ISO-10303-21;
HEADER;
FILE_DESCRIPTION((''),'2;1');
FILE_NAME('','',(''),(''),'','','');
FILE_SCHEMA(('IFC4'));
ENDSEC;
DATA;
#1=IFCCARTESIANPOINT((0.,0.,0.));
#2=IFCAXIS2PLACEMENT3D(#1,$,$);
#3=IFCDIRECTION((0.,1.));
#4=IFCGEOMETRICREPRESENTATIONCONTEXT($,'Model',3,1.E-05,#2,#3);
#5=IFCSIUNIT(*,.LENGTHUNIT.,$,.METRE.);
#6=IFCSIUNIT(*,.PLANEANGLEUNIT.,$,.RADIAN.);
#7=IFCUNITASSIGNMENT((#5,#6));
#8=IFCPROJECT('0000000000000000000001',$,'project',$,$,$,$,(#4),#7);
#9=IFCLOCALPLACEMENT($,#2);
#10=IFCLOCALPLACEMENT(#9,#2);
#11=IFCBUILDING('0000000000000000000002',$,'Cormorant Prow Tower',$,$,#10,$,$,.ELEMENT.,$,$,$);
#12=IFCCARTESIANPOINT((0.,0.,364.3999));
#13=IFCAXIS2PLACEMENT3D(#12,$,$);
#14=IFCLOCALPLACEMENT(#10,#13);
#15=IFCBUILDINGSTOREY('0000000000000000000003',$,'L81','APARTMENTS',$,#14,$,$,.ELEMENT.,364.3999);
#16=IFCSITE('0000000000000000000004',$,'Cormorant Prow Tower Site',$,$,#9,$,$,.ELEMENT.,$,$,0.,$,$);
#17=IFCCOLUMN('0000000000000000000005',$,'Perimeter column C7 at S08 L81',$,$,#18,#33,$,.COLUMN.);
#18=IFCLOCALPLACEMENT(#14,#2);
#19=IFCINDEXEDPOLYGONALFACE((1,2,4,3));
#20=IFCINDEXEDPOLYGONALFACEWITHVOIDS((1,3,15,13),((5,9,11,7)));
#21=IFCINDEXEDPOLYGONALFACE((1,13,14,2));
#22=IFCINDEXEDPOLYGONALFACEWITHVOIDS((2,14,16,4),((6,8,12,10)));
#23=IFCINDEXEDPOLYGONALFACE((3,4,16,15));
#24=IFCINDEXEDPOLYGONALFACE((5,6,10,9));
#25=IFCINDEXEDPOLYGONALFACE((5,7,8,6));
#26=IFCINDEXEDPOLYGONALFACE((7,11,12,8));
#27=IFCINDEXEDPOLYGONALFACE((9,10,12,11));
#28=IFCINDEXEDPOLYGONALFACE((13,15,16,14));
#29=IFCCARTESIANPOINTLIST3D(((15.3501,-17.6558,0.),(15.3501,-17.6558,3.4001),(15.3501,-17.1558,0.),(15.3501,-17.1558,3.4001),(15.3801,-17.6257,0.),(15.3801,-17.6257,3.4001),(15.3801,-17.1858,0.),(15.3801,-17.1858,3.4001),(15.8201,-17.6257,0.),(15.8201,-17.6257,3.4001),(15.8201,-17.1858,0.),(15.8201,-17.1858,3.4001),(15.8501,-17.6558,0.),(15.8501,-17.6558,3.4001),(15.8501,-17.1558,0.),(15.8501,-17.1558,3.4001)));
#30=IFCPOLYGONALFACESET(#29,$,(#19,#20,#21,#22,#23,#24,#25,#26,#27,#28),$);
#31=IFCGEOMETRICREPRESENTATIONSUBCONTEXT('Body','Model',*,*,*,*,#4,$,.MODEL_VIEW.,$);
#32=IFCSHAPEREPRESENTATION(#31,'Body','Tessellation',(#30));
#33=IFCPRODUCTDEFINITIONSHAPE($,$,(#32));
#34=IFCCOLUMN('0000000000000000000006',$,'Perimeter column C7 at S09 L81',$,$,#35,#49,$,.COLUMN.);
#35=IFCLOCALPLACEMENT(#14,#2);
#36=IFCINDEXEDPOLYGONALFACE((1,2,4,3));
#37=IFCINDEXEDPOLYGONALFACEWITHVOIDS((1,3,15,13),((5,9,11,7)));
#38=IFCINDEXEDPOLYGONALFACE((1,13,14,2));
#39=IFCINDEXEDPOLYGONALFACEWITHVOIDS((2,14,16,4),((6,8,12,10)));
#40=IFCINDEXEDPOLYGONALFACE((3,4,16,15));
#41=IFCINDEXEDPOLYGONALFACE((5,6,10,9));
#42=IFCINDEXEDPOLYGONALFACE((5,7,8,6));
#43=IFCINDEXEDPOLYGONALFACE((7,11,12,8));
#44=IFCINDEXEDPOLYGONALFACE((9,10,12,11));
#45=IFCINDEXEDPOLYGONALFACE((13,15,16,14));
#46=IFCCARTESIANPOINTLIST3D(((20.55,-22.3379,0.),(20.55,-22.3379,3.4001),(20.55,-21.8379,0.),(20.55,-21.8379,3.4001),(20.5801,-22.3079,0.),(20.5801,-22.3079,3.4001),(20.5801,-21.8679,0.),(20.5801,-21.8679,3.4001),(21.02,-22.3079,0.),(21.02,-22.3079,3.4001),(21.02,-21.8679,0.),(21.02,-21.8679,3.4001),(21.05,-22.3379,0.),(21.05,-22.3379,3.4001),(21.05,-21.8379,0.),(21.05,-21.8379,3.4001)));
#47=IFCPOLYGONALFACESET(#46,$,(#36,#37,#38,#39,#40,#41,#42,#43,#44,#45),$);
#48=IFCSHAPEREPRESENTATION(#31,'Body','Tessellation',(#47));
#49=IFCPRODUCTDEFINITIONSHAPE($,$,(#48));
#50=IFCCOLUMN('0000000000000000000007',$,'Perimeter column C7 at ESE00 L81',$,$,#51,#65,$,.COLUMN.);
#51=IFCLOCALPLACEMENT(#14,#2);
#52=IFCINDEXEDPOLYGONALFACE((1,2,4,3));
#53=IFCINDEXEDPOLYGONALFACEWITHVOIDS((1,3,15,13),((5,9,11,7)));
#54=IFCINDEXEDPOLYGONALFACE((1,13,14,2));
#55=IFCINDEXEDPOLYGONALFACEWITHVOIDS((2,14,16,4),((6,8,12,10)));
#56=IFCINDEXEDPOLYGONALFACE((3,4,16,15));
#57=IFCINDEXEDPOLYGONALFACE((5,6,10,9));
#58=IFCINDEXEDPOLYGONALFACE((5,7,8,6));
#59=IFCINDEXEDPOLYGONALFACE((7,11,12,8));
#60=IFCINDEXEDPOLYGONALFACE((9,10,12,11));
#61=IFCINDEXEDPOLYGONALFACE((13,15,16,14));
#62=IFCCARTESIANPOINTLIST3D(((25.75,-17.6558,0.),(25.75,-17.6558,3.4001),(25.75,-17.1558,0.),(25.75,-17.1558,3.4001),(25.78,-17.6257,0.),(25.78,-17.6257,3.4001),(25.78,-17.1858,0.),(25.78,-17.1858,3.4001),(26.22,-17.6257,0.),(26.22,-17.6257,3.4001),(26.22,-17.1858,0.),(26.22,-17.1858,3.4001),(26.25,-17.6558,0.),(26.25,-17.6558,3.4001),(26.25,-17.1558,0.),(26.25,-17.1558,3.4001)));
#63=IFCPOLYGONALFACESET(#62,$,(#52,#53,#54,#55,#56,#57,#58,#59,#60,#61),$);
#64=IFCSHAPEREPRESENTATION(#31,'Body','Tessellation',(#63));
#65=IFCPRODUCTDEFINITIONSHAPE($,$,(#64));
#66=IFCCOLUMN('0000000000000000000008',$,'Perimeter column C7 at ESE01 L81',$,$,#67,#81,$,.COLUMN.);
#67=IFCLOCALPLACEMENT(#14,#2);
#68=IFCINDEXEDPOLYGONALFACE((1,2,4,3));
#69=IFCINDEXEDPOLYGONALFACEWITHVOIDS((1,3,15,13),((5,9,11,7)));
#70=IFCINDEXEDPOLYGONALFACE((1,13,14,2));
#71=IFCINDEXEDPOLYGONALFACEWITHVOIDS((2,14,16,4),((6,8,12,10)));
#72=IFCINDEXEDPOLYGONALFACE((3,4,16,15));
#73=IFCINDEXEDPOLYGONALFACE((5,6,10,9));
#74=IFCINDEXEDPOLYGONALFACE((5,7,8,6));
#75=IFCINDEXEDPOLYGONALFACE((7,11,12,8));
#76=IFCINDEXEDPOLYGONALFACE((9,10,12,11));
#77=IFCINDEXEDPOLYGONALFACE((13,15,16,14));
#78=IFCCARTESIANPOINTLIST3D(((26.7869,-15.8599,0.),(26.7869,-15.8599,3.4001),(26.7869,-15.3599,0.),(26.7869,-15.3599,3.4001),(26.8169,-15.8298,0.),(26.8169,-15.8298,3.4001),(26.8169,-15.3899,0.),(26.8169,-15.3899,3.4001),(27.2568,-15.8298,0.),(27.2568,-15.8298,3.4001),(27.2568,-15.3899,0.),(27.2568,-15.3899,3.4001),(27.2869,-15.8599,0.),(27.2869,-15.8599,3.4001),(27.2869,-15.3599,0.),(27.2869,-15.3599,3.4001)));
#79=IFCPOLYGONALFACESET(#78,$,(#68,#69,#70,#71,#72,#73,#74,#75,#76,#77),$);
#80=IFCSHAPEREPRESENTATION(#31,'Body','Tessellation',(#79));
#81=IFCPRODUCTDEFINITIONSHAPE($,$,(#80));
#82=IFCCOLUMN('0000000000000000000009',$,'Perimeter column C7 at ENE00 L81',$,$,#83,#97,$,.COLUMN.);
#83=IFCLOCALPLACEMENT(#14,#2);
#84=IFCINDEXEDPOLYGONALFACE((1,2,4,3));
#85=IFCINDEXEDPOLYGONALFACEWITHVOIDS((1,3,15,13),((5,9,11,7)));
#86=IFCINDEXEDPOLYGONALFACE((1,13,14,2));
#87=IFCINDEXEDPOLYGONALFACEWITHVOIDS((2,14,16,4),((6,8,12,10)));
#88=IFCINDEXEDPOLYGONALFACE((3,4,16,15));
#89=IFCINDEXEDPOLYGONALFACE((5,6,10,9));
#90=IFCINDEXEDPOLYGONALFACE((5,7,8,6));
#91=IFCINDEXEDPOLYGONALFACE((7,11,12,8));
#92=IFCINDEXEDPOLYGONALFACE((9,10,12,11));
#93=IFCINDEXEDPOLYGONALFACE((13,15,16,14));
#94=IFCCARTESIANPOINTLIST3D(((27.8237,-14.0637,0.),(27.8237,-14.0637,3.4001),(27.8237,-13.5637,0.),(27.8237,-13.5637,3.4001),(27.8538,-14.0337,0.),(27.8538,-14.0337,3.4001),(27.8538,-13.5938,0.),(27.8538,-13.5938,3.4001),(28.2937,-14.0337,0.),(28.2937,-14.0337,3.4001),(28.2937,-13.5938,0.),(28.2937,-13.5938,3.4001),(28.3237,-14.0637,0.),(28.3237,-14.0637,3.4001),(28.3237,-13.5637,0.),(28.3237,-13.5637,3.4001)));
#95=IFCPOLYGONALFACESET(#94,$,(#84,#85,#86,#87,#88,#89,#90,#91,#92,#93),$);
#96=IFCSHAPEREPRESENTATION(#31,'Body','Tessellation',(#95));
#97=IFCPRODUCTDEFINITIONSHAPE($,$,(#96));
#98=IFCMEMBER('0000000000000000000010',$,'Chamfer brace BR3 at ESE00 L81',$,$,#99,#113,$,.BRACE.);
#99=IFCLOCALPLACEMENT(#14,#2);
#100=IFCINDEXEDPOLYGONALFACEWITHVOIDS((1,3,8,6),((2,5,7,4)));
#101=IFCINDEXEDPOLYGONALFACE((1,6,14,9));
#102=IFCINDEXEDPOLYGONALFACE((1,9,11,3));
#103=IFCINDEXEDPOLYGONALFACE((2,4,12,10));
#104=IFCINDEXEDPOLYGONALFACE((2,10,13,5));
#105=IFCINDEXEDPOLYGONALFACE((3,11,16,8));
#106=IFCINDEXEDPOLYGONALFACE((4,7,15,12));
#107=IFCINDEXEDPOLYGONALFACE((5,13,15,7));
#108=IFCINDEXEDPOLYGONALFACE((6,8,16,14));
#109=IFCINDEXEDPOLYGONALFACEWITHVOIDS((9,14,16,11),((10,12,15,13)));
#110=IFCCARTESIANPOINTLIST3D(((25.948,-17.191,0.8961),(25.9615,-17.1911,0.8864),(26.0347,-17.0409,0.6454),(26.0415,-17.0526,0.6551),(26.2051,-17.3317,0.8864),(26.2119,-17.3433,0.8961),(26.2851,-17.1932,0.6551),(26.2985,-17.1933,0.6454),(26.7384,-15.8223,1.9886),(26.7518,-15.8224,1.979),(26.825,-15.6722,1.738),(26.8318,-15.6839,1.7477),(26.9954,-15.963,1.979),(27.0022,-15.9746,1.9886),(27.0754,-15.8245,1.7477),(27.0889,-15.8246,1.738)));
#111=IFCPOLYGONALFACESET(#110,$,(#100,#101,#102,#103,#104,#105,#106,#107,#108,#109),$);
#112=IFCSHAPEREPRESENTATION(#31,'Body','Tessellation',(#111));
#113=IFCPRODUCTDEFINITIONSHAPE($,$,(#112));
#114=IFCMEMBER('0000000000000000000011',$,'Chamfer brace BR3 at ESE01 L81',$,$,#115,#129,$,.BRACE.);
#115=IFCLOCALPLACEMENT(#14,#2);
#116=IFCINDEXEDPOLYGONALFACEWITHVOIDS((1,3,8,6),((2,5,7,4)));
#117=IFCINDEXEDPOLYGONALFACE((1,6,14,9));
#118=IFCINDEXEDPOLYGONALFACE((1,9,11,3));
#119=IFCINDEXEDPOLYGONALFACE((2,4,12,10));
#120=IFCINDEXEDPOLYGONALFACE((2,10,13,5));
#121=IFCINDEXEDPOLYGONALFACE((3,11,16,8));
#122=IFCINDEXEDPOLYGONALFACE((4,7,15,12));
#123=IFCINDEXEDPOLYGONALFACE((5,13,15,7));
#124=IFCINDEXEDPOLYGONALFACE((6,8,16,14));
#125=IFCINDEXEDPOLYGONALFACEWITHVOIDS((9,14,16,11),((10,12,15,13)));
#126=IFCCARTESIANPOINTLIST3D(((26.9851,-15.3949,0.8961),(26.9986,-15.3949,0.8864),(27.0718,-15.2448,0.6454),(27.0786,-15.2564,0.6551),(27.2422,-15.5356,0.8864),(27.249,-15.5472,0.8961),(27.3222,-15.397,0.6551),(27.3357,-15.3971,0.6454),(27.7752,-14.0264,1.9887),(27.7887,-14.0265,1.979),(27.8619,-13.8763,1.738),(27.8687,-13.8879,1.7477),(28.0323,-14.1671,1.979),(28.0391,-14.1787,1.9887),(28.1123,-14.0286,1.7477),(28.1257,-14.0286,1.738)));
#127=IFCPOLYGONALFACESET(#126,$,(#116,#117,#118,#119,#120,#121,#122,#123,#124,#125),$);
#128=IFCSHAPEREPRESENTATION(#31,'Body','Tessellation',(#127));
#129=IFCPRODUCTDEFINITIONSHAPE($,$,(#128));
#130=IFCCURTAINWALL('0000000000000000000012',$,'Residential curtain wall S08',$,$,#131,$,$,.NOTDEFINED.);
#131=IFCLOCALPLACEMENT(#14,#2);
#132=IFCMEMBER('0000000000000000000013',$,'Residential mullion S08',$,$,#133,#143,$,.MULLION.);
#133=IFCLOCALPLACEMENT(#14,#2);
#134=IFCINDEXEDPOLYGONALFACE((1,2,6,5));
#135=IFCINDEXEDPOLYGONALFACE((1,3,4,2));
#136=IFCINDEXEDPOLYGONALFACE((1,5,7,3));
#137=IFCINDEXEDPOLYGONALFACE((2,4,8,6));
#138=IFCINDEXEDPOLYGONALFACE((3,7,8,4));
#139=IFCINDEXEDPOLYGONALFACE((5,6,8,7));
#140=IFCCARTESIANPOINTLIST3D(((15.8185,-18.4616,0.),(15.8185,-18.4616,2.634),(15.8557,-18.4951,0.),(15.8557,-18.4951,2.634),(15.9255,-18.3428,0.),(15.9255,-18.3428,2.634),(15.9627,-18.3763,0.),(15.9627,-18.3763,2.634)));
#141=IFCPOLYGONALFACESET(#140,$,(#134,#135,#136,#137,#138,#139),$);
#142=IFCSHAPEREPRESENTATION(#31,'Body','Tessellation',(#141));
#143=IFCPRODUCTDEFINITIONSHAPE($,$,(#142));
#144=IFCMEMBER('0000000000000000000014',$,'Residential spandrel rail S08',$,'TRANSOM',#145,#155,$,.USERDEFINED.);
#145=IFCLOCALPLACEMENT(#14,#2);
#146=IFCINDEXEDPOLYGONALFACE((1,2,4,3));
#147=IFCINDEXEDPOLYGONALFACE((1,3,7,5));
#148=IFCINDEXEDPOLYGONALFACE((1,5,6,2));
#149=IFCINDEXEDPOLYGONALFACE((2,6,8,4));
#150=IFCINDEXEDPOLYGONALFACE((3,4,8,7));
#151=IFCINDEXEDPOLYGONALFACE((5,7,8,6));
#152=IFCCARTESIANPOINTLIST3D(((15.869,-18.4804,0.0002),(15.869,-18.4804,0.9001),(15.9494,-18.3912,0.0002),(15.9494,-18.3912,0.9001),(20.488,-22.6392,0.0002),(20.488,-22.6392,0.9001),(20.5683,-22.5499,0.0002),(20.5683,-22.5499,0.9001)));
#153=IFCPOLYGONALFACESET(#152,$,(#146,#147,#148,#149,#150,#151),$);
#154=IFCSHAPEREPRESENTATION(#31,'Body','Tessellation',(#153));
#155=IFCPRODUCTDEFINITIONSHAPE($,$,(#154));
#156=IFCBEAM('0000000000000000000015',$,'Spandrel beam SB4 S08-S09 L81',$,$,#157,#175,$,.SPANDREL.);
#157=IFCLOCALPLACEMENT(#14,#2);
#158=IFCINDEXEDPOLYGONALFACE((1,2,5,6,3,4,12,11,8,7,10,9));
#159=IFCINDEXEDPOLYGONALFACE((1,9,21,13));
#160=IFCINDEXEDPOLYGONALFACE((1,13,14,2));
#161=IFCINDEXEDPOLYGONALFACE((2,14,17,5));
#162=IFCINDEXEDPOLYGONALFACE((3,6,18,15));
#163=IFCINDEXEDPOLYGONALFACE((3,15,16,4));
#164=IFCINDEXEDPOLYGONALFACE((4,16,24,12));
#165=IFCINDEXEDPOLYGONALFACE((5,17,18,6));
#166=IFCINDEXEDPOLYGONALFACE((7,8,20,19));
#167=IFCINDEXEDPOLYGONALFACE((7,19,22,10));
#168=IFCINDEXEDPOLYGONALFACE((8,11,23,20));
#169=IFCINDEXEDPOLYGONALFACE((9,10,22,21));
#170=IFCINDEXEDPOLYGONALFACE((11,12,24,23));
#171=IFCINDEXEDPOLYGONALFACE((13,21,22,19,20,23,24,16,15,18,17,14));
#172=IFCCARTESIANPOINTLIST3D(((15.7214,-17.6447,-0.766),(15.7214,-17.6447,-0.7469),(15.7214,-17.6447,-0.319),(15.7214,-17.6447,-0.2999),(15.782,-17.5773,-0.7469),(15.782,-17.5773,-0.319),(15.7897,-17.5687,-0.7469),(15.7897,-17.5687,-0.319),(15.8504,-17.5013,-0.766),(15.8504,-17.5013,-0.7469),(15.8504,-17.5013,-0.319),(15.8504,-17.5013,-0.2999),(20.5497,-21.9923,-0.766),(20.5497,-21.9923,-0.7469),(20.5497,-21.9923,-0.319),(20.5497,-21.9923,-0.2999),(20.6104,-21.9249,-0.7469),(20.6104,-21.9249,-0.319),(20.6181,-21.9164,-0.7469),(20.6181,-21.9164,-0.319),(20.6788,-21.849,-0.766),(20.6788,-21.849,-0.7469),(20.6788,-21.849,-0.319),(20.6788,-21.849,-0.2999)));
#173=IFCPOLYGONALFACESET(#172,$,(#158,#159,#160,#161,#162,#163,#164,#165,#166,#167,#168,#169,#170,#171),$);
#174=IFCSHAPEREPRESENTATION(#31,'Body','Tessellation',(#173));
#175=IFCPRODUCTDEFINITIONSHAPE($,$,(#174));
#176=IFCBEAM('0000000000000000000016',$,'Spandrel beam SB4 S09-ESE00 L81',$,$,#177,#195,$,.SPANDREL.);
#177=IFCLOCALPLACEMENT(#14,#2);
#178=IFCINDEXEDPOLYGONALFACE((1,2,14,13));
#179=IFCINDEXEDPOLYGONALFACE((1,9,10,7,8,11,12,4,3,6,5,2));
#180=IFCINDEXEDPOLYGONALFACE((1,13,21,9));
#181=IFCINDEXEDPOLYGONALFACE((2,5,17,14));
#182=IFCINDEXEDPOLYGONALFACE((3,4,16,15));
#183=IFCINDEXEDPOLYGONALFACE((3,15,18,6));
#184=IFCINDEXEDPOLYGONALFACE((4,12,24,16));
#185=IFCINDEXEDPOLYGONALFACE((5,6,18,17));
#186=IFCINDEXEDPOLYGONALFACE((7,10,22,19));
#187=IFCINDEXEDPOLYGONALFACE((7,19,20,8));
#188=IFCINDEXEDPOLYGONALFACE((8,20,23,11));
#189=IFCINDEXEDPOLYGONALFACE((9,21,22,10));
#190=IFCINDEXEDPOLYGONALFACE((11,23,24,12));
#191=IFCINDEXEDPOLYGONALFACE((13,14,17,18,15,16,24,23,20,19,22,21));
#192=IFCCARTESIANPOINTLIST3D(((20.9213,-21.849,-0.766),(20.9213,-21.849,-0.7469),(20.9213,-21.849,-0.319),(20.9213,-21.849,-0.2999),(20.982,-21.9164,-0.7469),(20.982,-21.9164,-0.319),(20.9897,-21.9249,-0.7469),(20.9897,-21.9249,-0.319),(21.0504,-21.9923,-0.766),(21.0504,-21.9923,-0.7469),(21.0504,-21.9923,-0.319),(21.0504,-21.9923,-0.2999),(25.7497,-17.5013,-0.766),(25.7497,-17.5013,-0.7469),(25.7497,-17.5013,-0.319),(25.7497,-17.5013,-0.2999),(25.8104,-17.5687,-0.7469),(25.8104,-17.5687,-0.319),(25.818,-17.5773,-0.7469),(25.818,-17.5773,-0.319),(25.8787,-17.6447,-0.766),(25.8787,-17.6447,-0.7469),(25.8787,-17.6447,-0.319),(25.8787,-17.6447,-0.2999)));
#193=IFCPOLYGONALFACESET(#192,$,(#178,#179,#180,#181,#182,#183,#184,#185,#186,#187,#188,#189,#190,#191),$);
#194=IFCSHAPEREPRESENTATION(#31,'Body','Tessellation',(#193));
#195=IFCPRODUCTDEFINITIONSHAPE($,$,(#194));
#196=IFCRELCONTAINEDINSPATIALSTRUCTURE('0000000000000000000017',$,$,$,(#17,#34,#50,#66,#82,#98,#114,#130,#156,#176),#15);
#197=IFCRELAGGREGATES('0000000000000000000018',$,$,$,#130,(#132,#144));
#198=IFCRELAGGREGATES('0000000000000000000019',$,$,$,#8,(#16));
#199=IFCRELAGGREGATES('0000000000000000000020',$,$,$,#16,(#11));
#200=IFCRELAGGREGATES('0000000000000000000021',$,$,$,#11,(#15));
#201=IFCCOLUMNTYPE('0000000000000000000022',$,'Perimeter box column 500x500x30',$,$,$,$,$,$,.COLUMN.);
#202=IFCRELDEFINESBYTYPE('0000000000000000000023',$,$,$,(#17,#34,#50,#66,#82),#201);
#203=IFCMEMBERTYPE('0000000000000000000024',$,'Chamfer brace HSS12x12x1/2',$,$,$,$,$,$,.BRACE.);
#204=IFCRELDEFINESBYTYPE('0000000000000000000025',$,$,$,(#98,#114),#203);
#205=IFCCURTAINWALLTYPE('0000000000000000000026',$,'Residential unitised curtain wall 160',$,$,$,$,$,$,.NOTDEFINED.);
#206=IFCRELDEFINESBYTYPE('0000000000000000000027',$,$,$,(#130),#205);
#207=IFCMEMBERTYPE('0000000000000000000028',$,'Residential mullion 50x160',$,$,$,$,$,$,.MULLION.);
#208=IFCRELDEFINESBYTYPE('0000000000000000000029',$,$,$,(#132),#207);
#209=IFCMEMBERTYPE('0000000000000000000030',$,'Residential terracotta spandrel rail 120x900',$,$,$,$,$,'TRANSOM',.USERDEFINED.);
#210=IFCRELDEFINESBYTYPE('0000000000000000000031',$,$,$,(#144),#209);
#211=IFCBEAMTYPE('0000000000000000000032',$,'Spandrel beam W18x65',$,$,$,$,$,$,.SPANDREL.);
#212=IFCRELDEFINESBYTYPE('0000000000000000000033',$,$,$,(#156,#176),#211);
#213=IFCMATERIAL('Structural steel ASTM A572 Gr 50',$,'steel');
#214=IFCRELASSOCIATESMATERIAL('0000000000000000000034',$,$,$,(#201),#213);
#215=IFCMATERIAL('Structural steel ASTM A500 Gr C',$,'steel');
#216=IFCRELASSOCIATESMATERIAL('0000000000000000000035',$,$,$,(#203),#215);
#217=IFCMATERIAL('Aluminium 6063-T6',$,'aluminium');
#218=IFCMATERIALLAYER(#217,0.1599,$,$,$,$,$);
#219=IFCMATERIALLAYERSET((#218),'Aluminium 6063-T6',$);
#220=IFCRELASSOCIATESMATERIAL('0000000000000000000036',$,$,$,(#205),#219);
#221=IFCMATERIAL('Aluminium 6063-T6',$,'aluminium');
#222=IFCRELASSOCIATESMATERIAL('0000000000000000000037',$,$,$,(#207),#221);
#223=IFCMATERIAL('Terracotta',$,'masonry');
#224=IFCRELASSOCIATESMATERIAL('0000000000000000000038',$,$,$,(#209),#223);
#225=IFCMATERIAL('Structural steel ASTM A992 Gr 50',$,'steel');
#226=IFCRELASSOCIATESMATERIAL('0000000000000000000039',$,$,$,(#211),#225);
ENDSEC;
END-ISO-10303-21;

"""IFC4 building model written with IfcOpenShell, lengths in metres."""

from ifc_helpers import new_model, si_unit, direction, frame, origin, origin_2d, place, context, subcontext, project, spatial, rectangle, hollow_rectangle, i_section, extrude, material, layer, layer_set, material_profile, profile_set, type_object, element, aggregate, save


model = new_model("IFC4")

# Units and contexts
model_context = context("Model", 3, precision=1e-05, world=origin(), true_north=direction((0.0, 1.0)))
body_context = subcontext(model_context, "Body", "Model", "MODEL_VIEW")
ifc_project = project(units=[si_unit("LENGTHUNIT", "METRE"), si_unit("PLANEANGLEUNIT", "RADIAN")], contexts=[model_context])

# Site, building, storey
site_placement = place(None, origin())
site = spatial("IfcSite", under=ifc_project, at=site_placement, Name="Cormorant Prow Tower Site", CompositionType="ELEMENT", RefElevation=0.0)
building_placement = place(site_placement, origin())
building = spatial("IfcBuilding", under=site, at=building_placement, Name="Cormorant Prow Tower", CompositionType="ELEMENT")
storey_placement = place(building_placement, frame((0.0, 0.0, 364.3999)))
storey = spatial("IfcBuildingStorey", under=building, at=storey_placement, Name="L81", Description="APARTMENTS", CompositionType="ELEMENT", Elevation=364.3999)

# Columns
ifc_material_1 = material(Name="Structural steel ASTM A572 Gr 50", Category="steel")
ifc_material_profile_1 = material_profile(ifc_material_1, hollow_rectangle(XDim=0.5, YDim=0.5, WallThickness=0.03, at=origin_2d()), Name="Box 500x500x30")
ifc_profile_set_1 = profile_set([ifc_material_profile_1], Name="Structural steel ASTM A572 Gr 50")
column_type = type_object("IfcColumnType", Name="Perimeter box column 500x500x30", PredefinedType="COLUMN", material=ifc_profile_set_1)
for number, where, z_axis, x_axis, name in (
    (1, (15.6001, -17.4058, 0.0), (0.0, 0.0, 1.0), (1.0, 0.0, 0.0), "Perimeter column C7 at S08 L81"),
    (2, (20.8, -22.0879, 0.0), (0.0, 0.0, 1.0), (1.0, 0.0, 0.0), "Perimeter column C7 at S09 L81"),
    (3, (26.0, -17.4058, 0.0), (0.0, 0.0, 1.0), (1.0, 0.0, 0.0), "Perimeter column C7 at ESE00 L81"),
    (4, (27.0369, -15.6099, 0.0), (0.0, 0.0, 1.0), (1.0, 0.0, 0.0), "Perimeter column C7 at ESE01 L81"),
    (5, (28.0737, -13.8137, 0.0), (0.0, 0.0, 1.0), (1.0, 0.0, 0.0), "Perimeter column C7 at ENE00 L81"),
):
    element("IfcColumn", number, at=place(storey_placement, frame(where, z_axis=z_axis, x_axis=x_axis)), inside=storey, type_object=column_type, Name=name, PredefinedType="COLUMN", context=body_context, shape_type="SweptSolid", body=[
        extrude(hollow_rectangle(XDim=0.5, YDim=0.5, WallThickness=0.03, at=origin_2d()), origin(), (0.0, 0.0, 1.0), 3.4001),
    ])

# Members
ifc_material_2 = material(Name="Structural steel ASTM A500 Gr C", Category="steel")
ifc_material_profile_2 = material_profile(ifc_material_2, hollow_rectangle(XDim=0.3047, YDim=0.3047, WallThickness=0.0117, at=origin_2d()), Name="HSS12x12x1/2")
ifc_profile_set_2 = profile_set([ifc_material_profile_2], Name="Structural steel ASTM A500 Gr C")
member_type_1 = type_object("IfcMemberType", Name="Chamfer brace HSS12x12x1/2", PredefinedType="BRACE", material=ifc_profile_set_2)
member_1_placement = place(storey_placement, frame((26.1233, -17.1921, 0.7708), z_axis=(0.411328, 0.712359, 0.568642), x_axis=(-0.866, 0.500043, 0.0)))
element("IfcMember", 6, at=member_1_placement, inside=storey, type_object=member_type_1, Name="Chamfer brace BR3 at ESE00 L81", PredefinedType="BRACE", context=body_context, shape_type="SweptSolid", body=[
    extrude(hollow_rectangle(XDim=0.3047, YDim=0.3047, WallThickness=0.0117, at=origin_2d()), origin(), (0.0, 0.0, 1.0), 1.9214),
])
member_2_placement = place(storey_placement, frame((27.1604, -15.396, 0.7708), z_axis=(0.41126, 0.712334, 0.568723), x_axis=(-0.866029, 0.499994, 0.0)))
element("IfcMember", 7, at=member_2_placement, inside=storey, type_object=member_type_1, Name="Chamfer brace BR3 at ESE01 L81", PredefinedType="BRACE", context=body_context, shape_type="SweptSolid", body=[
    extrude(hollow_rectangle(XDim=0.3047, YDim=0.3047, WallThickness=0.0117, at=origin_2d()), origin(), (0.0, 0.0, 1.0), 1.9211),
])

# Curtain wall, members
ifc_material_3 = material(Name="Aluminium 6063-T6", Category="aluminium")
ifc_layer_1 = layer(ifc_material_3, 0.1599)
ifc_layer_set_1 = layer_set([ifc_layer_1], Name="Aluminium 6063-T6")
curtain_wall_type = type_object("IfcCurtainWallType", Name="Residential unitised curtain wall 160", PredefinedType="NOTDEFINED", material=ifc_layer_set_1)
curtain_wall_placement = place(storey_placement, origin())
curtain_wall = element("IfcCurtainWall", 8, at=curtain_wall_placement, inside=storey, type_object=curtain_wall_type, Name="Residential curtain wall S08", PredefinedType="NOTDEFINED")
ifc_material_4 = material(Name="Aluminium 6063-T6", Category="aluminium")
ifc_material_profile_3 = material_profile(ifc_material_4, rectangle(XDim=0.1599, YDim=0.05, at=origin_2d()), Name="Residential mullion 50x160")
ifc_profile_set_3 = profile_set([ifc_material_profile_3], Name="Aluminium 6063-T6")
member_type_2 = type_object("IfcMemberType", Name="Residential mullion 50x160", PredefinedType="MULLION", material=ifc_profile_set_3)
member_3_placement = place(storey_placement, frame((15.8906, -18.4189, 0.0), z_axis=(0.0, 0.0, 1.0), x_axis=(0.669131, 0.743145, 0.0)))
member_3 = element("IfcMember", 9, at=member_3_placement, type_object=member_type_2, Name="Residential mullion S08", PredefinedType="MULLION", context=body_context, shape_type="SweptSolid", body=[
    extrude(rectangle(XDim=0.1599, YDim=0.05, at=origin_2d()), origin(), (0.0, 0.0, 1.0), 2.634),
])
ifc_material_5 = material(Name="Terracotta", Category="masonry")
ifc_material_profile_4 = material_profile(ifc_material_5, rectangle(XDim=0.1201, YDim=0.8999, at=origin_2d()), Name="Residential terracotta spandrel rail 120x900")
ifc_profile_set_4 = profile_set([ifc_material_profile_4], Name="Terracotta")
member_type_3 = type_object("IfcMemberType", Name="Residential terracotta spandrel rail 120x900", ElementType="TRANSOM", PredefinedType="USERDEFINED", material=ifc_profile_set_4)
member_4_placement = place(storey_placement, frame((15.9092, -18.4358, 0.4502), z_axis=(0.743159, -0.669114, 0.0), x_axis=(0.669114, 0.743159, 0.0)))
member_4 = element("IfcMember", 10, at=member_4_placement, type_object=member_type_3, Name="Residential spandrel rail S08", ObjectType="TRANSOM", PredefinedType="USERDEFINED", context=body_context, shape_type="SweptSolid", body=[
    extrude(rectangle(XDim=0.1201, YDim=0.8999, at=origin_2d()), origin(), (0.0, 0.0, 1.0), 6.2153),
])

# Beams
ifc_material_6 = material(Name="Structural steel ASTM A992 Gr 50", Category="steel")
ifc_material_profile_5 = material_profile(ifc_material_6, i_section(OverallWidth=0.1929, OverallDepth=0.4661, WebThickness=0.0115, FlangeThickness=0.019, at=origin_2d()), Name="W18x65")
ifc_profile_set_5 = profile_set([ifc_material_profile_5], Name="Structural steel ASTM A992 Gr 50")
beam_type = type_object("IfcBeamType", Name="Spandrel beam W18x65", PredefinedType="SPANDREL", material=ifc_profile_set_5)
for number, where, z_axis, x_axis, name in (
    (11, (15.7859, -17.573, -0.533), (0.743132, -0.669145, 0.0), (0.669145, 0.743132, 0.0), "Spandrel beam SB4 S08-S09 L81"),
    (12, (20.9858, -21.9207, -0.533), (0.743132, 0.669145, 0.0), (-0.669145, 0.743132, 0.0), "Spandrel beam SB4 S09-ESE00 L81"),
):
    element("IfcBeam", number, at=place(storey_placement, frame(where, z_axis=z_axis, x_axis=x_axis)), inside=storey, type_object=beam_type, Name=name, PredefinedType="SPANDREL", context=body_context, shape_type="SweptSolid", body=[
        extrude(i_section(OverallWidth=0.1929, OverallDepth=0.4661, WebThickness=0.0115, FlangeThickness=0.019, at=origin_2d()), origin(), (0.0, 0.0, 1.0), 6.4973),
    ])

aggregate(curtain_wall, [member_3, member_4])

save(model, "model.ifc")
